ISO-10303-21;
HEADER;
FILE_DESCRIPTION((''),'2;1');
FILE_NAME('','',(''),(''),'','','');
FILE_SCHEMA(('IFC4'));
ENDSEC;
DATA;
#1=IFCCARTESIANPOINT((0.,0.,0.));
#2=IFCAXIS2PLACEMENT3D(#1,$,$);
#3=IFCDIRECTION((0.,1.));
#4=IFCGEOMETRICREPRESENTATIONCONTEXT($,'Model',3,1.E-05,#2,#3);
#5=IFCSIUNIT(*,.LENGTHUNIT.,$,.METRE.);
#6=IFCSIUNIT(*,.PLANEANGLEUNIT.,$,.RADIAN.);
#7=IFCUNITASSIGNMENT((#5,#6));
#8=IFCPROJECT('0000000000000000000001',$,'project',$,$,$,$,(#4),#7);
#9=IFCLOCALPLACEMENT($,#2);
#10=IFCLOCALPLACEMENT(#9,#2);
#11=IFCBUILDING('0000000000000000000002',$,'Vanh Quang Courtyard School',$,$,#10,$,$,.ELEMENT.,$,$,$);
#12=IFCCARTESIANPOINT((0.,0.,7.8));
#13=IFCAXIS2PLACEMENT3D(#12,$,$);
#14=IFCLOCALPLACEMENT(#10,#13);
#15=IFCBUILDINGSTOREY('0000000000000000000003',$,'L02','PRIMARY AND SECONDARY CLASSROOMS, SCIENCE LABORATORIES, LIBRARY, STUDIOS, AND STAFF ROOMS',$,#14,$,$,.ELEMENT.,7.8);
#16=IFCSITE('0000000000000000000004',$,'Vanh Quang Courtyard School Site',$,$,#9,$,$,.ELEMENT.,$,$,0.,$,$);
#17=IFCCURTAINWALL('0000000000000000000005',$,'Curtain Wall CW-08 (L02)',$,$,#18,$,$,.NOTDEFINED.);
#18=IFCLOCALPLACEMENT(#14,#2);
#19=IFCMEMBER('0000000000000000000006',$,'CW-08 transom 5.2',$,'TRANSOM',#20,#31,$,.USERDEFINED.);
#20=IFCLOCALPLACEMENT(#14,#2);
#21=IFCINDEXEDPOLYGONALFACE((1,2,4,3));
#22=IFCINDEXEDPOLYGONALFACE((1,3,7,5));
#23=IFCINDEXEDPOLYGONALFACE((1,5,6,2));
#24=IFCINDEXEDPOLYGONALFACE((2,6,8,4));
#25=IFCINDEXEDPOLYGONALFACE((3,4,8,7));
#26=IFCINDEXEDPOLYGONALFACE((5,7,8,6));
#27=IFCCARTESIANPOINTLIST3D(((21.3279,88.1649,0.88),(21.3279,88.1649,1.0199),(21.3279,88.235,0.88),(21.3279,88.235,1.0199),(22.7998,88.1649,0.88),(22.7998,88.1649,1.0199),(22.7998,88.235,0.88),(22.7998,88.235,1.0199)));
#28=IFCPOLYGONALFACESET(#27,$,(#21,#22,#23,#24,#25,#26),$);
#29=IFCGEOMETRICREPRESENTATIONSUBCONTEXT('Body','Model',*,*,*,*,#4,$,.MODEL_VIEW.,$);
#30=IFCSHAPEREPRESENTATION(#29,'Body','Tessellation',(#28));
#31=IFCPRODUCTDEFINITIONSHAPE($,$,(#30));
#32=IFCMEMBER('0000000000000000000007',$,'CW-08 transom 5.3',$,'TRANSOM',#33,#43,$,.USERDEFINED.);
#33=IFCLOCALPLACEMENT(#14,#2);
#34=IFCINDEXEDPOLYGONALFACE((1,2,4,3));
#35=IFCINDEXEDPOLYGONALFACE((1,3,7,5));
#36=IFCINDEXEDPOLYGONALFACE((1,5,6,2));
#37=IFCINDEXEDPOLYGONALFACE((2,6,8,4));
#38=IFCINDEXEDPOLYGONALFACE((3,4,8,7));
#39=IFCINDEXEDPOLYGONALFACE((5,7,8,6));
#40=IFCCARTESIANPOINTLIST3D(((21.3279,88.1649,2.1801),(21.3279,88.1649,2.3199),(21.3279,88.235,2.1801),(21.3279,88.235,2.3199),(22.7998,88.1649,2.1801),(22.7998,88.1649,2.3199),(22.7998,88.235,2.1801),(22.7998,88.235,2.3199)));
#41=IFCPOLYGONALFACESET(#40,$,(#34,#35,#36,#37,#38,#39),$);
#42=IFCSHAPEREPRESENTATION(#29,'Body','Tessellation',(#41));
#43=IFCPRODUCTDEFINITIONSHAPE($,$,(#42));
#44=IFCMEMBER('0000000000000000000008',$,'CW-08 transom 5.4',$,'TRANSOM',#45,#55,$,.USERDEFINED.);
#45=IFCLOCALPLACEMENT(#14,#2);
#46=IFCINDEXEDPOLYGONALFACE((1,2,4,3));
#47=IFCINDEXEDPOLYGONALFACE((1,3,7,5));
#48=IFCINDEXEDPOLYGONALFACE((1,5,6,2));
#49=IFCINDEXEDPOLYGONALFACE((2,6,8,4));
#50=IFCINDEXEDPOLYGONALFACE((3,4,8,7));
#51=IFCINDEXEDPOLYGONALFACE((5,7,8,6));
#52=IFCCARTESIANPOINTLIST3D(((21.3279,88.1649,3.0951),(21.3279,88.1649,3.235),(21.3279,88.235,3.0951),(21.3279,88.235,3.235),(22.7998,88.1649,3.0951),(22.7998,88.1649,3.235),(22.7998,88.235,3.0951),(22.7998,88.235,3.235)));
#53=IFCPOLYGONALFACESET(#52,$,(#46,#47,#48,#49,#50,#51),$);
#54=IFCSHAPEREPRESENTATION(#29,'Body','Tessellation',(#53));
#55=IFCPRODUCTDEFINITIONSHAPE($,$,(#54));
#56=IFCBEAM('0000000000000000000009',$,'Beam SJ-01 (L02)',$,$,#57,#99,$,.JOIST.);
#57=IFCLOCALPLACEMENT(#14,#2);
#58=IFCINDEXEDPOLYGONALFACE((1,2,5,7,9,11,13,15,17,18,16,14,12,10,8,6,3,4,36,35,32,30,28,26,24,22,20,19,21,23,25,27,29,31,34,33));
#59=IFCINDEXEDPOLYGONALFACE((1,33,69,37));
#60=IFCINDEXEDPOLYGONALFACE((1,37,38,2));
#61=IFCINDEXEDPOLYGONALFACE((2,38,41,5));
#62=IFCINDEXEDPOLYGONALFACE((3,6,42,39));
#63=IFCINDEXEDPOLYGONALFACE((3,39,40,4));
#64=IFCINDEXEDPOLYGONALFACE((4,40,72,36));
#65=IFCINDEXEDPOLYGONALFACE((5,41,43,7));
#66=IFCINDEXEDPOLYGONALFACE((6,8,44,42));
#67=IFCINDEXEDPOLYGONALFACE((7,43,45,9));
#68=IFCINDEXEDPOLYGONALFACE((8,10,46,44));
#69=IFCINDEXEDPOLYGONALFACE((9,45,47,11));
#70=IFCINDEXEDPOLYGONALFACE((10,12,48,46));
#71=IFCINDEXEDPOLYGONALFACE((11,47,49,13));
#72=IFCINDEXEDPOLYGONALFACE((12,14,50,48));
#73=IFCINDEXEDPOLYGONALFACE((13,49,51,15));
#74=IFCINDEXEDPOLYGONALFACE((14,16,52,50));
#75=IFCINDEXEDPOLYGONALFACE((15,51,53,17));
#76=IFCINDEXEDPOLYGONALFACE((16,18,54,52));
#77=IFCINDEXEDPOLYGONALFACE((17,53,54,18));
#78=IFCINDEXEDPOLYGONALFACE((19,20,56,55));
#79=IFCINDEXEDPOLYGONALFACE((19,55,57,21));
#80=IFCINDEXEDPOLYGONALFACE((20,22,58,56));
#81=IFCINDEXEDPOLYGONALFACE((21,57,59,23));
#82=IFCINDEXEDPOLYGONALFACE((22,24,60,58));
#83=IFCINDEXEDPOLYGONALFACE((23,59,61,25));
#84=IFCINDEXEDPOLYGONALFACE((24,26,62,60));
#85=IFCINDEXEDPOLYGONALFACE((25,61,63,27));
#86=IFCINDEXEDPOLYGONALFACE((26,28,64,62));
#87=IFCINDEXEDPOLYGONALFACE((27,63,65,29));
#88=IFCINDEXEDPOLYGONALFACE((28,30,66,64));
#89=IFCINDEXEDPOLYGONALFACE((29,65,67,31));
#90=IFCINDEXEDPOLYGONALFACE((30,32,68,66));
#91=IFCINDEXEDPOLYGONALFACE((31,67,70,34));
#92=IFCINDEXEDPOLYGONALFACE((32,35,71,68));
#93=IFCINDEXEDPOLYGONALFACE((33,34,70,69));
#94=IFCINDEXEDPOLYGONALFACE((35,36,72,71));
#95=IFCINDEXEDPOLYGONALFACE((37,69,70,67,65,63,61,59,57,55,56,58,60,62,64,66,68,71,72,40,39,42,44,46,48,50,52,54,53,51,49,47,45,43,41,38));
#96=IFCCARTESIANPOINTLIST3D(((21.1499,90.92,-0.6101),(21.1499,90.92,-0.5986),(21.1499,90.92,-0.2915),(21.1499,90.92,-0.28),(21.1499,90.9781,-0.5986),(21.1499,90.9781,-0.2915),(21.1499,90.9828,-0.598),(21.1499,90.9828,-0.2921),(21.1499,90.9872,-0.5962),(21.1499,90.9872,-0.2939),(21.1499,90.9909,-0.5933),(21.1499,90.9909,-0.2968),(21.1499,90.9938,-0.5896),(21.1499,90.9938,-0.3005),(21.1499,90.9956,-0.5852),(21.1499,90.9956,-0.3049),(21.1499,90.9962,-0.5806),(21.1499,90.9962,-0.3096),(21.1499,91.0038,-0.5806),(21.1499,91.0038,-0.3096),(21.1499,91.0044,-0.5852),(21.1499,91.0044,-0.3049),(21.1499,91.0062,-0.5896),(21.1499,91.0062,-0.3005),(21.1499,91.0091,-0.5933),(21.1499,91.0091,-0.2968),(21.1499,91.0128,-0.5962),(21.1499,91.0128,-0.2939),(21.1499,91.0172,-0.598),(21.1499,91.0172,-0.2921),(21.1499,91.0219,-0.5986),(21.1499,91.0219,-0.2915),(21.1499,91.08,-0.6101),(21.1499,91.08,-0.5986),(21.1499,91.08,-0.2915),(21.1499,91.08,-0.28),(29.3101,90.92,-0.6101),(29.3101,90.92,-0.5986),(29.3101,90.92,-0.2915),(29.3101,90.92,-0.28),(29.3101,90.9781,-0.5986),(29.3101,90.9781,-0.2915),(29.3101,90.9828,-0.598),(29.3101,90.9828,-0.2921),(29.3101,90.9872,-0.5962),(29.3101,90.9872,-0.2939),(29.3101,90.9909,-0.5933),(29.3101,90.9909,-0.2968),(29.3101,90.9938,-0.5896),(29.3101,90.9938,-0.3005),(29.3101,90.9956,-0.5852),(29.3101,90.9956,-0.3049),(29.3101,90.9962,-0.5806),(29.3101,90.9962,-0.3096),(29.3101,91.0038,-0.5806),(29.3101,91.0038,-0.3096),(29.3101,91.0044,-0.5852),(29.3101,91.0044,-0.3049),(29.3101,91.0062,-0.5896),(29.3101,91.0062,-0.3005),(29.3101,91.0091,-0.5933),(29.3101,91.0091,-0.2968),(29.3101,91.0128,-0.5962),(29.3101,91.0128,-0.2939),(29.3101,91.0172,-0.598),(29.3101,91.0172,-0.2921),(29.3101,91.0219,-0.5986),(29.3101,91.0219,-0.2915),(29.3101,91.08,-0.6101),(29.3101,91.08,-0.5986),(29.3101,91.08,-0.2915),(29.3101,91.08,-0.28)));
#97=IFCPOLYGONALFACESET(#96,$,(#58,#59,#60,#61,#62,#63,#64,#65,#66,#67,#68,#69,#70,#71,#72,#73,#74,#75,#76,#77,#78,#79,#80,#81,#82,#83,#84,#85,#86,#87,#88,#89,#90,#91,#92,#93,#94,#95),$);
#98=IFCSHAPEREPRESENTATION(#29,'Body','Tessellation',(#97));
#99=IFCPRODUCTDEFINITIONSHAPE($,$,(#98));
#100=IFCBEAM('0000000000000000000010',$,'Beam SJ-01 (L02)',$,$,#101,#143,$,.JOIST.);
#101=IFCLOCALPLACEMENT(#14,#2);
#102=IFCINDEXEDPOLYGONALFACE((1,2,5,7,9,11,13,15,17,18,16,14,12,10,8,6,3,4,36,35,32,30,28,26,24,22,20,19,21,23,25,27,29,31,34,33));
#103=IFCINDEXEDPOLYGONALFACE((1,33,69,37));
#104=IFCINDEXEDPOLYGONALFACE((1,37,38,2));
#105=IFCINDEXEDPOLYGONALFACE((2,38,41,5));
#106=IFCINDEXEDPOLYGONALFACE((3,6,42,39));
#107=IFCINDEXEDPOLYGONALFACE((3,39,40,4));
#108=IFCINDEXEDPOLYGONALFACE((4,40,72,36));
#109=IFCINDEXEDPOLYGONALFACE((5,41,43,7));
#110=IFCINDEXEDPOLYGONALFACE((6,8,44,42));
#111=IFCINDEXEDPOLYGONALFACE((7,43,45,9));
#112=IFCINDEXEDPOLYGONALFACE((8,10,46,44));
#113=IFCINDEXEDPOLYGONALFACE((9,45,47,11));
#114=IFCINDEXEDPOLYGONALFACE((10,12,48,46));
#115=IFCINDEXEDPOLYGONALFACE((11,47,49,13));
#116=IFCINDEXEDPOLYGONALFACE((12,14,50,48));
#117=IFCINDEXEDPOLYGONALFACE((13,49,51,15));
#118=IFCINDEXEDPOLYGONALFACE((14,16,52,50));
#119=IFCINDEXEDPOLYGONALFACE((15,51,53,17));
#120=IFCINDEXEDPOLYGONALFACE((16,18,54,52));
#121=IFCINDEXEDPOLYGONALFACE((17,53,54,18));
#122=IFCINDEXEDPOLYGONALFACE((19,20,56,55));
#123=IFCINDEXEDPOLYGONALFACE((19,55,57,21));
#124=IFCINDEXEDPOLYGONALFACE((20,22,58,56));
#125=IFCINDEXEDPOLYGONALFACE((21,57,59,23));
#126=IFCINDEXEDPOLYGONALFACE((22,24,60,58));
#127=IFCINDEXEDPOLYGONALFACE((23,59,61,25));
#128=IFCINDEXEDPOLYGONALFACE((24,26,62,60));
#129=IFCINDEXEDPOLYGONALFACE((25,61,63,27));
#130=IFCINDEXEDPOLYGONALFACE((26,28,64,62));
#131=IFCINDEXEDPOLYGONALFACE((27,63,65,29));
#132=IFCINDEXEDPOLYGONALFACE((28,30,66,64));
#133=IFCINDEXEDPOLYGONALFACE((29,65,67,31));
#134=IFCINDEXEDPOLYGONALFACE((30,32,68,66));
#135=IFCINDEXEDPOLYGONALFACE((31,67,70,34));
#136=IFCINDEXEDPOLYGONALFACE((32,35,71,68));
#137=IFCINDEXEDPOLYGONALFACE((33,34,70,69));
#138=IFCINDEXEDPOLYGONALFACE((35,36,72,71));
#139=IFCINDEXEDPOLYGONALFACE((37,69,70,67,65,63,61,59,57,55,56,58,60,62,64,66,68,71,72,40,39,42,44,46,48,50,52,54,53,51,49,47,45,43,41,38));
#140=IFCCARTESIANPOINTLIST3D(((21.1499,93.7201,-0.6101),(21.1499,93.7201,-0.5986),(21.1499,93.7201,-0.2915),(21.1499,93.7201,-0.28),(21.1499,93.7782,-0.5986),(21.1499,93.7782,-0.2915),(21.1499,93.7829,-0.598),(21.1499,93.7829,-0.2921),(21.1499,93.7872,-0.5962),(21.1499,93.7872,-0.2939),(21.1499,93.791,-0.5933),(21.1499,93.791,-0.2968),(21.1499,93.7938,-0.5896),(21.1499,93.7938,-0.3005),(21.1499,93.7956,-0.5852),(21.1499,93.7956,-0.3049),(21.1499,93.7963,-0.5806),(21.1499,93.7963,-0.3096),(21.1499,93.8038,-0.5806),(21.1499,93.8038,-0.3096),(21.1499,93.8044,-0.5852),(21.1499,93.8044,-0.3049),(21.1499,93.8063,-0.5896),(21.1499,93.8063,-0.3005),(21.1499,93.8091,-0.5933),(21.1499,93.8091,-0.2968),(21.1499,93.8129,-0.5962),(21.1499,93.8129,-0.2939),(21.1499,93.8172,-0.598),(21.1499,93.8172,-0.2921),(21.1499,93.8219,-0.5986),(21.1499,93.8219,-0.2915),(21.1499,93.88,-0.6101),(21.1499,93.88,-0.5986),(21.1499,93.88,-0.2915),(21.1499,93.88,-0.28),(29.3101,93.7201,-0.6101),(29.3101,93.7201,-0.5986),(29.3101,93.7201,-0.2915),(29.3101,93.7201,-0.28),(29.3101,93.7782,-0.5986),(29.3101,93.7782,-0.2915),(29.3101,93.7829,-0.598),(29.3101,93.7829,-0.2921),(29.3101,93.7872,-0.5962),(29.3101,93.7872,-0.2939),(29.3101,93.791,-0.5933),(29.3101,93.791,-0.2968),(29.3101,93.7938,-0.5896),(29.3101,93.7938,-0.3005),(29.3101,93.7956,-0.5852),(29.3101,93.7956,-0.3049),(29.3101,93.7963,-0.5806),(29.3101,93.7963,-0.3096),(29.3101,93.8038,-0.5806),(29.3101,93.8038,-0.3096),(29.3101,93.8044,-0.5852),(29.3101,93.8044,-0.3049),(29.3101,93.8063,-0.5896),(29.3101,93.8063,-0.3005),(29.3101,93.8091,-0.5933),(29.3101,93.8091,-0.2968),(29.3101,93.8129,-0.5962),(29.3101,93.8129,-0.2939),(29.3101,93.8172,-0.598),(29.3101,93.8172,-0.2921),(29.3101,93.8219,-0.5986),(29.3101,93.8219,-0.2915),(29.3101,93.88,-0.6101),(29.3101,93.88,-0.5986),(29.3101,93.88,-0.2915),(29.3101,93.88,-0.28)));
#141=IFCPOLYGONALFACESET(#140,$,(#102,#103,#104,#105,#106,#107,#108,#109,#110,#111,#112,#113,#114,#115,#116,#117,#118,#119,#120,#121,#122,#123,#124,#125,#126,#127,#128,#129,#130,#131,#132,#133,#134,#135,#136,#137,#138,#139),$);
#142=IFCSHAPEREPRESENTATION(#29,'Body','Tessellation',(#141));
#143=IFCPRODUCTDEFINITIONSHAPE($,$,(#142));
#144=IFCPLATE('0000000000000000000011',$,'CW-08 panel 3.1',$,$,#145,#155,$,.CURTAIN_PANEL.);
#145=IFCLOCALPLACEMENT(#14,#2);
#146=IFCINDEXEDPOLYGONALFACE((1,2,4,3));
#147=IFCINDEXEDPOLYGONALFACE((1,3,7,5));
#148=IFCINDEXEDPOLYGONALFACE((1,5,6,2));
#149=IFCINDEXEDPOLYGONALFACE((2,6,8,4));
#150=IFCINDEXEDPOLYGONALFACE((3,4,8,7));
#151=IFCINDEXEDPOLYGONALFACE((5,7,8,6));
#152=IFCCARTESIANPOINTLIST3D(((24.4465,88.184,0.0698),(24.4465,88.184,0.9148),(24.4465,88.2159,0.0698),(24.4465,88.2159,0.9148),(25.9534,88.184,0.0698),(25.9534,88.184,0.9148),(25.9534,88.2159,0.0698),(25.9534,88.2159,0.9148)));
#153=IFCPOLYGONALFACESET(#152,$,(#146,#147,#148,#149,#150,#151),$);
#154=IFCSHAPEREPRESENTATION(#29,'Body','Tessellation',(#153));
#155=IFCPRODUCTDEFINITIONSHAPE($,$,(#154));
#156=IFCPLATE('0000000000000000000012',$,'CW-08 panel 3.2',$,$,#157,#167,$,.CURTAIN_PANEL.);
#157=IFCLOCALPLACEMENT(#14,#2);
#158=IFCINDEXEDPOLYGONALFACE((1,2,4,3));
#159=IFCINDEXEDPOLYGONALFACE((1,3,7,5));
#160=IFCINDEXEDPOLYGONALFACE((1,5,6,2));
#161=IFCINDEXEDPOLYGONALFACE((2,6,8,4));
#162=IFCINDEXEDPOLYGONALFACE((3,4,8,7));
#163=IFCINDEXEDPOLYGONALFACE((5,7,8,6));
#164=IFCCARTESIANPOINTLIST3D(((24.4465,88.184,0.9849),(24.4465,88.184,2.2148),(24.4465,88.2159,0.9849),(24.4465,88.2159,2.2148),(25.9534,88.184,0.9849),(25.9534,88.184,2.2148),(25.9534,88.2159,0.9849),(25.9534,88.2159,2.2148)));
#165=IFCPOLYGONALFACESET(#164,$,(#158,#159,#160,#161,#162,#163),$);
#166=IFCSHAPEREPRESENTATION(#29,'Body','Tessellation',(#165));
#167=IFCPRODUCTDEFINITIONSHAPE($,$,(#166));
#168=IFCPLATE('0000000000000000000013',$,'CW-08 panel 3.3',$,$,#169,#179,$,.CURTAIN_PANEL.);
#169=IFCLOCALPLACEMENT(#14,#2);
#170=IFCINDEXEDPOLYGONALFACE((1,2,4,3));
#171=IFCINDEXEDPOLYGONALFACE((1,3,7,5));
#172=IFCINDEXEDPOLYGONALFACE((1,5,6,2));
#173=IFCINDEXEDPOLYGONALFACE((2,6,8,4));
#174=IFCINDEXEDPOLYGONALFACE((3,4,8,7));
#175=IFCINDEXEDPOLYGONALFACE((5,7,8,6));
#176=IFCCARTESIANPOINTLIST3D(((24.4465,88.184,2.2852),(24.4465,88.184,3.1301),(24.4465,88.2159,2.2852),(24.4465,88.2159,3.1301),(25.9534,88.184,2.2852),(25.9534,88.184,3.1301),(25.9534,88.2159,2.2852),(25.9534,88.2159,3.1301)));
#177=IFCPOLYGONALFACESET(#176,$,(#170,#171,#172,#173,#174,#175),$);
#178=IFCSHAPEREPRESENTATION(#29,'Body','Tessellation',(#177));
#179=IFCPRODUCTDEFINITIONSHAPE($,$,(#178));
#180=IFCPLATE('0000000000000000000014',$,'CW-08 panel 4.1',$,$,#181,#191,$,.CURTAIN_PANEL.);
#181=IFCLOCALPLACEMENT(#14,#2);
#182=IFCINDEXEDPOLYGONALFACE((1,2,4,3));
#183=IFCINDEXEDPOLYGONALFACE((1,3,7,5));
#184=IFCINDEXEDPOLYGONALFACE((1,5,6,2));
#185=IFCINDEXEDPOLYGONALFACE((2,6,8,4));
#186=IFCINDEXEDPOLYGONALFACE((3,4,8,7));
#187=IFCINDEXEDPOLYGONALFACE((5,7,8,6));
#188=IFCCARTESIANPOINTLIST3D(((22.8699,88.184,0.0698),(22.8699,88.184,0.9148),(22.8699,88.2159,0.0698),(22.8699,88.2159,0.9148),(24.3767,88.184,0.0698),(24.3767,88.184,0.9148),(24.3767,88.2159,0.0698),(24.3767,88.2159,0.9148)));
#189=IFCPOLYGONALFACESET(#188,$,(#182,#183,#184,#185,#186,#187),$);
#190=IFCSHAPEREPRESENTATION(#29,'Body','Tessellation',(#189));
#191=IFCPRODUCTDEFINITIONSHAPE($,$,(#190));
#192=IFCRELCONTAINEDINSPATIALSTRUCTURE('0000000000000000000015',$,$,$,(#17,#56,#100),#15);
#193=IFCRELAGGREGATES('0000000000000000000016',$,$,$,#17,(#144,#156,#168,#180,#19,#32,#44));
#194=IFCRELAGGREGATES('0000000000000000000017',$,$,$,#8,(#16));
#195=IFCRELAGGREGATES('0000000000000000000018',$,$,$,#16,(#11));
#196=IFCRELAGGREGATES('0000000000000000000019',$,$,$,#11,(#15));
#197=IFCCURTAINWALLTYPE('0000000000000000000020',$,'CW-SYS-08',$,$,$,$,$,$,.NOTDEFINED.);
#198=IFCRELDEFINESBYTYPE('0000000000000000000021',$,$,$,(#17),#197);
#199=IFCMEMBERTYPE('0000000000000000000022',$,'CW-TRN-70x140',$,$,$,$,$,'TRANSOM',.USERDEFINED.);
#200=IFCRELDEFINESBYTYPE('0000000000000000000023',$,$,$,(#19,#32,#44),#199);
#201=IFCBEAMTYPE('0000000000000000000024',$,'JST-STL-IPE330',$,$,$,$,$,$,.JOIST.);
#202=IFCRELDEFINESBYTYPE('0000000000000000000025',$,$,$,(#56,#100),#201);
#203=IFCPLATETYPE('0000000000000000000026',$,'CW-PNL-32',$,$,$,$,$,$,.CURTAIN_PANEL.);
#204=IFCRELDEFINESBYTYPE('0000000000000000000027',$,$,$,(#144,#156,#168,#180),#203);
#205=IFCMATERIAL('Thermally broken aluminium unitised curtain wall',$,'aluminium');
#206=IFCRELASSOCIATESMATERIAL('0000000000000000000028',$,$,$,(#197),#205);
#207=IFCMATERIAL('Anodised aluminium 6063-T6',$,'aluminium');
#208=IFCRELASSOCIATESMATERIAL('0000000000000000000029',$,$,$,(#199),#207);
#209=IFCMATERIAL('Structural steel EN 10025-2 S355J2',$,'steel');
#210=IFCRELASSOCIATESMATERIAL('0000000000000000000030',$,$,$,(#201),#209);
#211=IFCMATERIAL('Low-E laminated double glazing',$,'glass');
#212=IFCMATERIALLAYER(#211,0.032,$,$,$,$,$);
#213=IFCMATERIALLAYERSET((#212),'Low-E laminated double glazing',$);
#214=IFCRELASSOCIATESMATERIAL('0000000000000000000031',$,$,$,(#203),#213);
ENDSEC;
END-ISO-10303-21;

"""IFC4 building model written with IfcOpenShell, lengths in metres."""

from ifc_helpers import new_model, si_unit, direction, frame, origin, origin_2d, place, context, subcontext, project, spatial, rectangle, i_section, extrude, material, layer, layer_set, material_profile, profile_set, type_object, element, aggregate, save


model = new_model("IFC4")

# Units and contexts
model_context = context("Model", 3, precision=1e-05, world=origin(), true_north=direction((0.0, 1.0)))
body_context = subcontext(model_context, "Body", "Model", "MODEL_VIEW")
ifc_project = project(units=[si_unit("LENGTHUNIT", "METRE"), si_unit("PLANEANGLEUNIT", "RADIAN")], contexts=[model_context])

# Site, building, storey
site_placement = place(None, origin())
site = spatial("IfcSite", under=ifc_project, at=site_placement, Name="Vanh Quang Courtyard School Site", CompositionType="ELEMENT", RefElevation=0.0)
building_placement = place(site_placement, origin())
building = spatial("IfcBuilding", under=site, at=building_placement, Name="Vanh Quang Courtyard School", CompositionType="ELEMENT")
storey_placement = place(building_placement, frame((0.0, 0.0, 7.8)))
storey = spatial("IfcBuildingStorey", under=building, at=storey_placement, Name="L02", Description="PRIMARY AND SECONDARY CLASSROOMS, SCIENCE LABORATORIES, LIBRARY, STUDIOS, AND STAFF ROOMS", CompositionType="ELEMENT", Elevation=7.8)

# Shared definitions
ifc_material_1 = material(Name="Structural steel EN 10025-2 S355J2", Category="steel")

# Curtain wall, members
ifc_material_2 = material(Name="Thermally broken aluminium unitised curtain wall", Category="aluminium")
curtain_wall_type = type_object("IfcCurtainWallType", Name="CW-SYS-08", PredefinedType="NOTDEFINED", material=ifc_material_2)
curtain_wall_placement = place(storey_placement, origin())
curtain_wall = element("IfcCurtainWall", 1, at=curtain_wall_placement, inside=storey, type_object=curtain_wall_type, Name="Curtain Wall CW-08 (L02)", PredefinedType="NOTDEFINED")
ifc_material_3 = material(Name="Anodised aluminium 6063-T6", Category="aluminium")
ifc_material_profile_1 = material_profile(ifc_material_3, rectangle(XDim=0.0701, YDim=0.1399, at=origin_2d()), Name="ALU-TRN 70x140")
ifc_profile_set_1 = profile_set([ifc_material_profile_1], Name="Anodised aluminium 6063-T6")
member_type_1 = type_object("IfcMemberType", Name="CW-TRN-70x140", ElementType="TRANSOM", PredefinedType="USERDEFINED", material=ifc_profile_set_1)
member_1_placement = place(storey_placement, frame((22.7998, 88.2, 0.95), z_axis=(-1.0, 0.0, 0.0), x_axis=(0.0, -1.0, 0.0)))
member_1 = element("IfcMember", 2, at=member_1_placement, type_object=member_type_1, Name="CW-08 transom 5.2", ObjectType="TRANSOM", PredefinedType="USERDEFINED", context=body_context, shape_type="SweptSolid", body=[
    extrude(rectangle(XDim=0.0701, YDim=0.1399, at=origin_2d()), origin(), (0.0, 0.0, 1.0), 1.4719),
])
member_2_placement = place(storey_placement, frame((22.7998, 88.2, 2.25), z_axis=(-1.0, 0.0, 0.0), x_axis=(0.0, -1.0, 0.0)))
member_2 = element("IfcMember", 3, at=member_2_placement, type_object=member_type_1, Name="CW-08 transom 5.3", ObjectType="TRANSOM", PredefinedType="USERDEFINED", context=body_context, shape_type="SweptSolid", body=[
    extrude(rectangle(XDim=0.0701, YDim=0.1399, at=origin_2d()), origin(), (0.0, 0.0, 1.0), 1.4719),
])
member_3_placement = place(storey_placement, frame((22.7998, 88.2, 3.165), z_axis=(-1.0, 0.0, 0.0), x_axis=(0.0, -1.0, 0.0)))
member_3 = element("IfcMember", 4, at=member_3_placement, type_object=member_type_1, Name="CW-08 transom 5.4", ObjectType="TRANSOM", PredefinedType="USERDEFINED", context=body_context, shape_type="SweptSolid", body=[
    extrude(rectangle(XDim=0.0701, YDim=0.1399, at=origin_2d()), origin(), (0.0, 0.0, 1.0), 1.4719),
])

# Beams
ifc_material_profile_2 = material_profile(ifc_material_1, i_section(OverallWidth=0.1599, OverallDepth=0.3301, WebThickness=0.0076, FlangeThickness=0.0115, FilletRadius=0.0181, at=origin_2d()), Name="IPE 330")
ifc_profile_set_2 = profile_set([ifc_material_profile_2], Name="Structural steel EN 10025-2 S355J2")
beam_type_1 = type_object("IfcBeamType", Name="JST-STL-IPE330", PredefinedType="JOIST", material=ifc_profile_set_2)
for number, where, z_axis, x_axis, name in (
    (5, (21.1499, 91.0, -0.4451), (1.0, 0.0, 0.0), (0.0, 1.0, 0.0), "Beam SJ-01 (L02)"),
    (6, (21.1499, 93.8, -0.4451), (1.0, 0.0, 0.0), (0.0, 1.0, 0.0), "Beam SJ-01 (L02)"),
):
    element("IfcBeam", number, at=place(storey_placement, frame(where, z_axis=z_axis, x_axis=x_axis)), inside=storey, type_object=beam_type_1, Name=name, PredefinedType="JOIST", context=body_context, shape_type="SweptSolid", body=[
        extrude(i_section(OverallWidth=0.1599, OverallDepth=0.3301, WebThickness=0.0076, FlangeThickness=0.0115, FilletRadius=0.0181, at=origin_2d()), origin(), (0.0, 0.0, 1.0), 8.1602),
    ])

# Plates
ifc_material_4 = material(Name="Low-E laminated double glazing", Category="glass")
ifc_layer = layer(ifc_material_4, 0.032)
ifc_layer_set = layer_set([ifc_layer], Name="Low-E laminated double glazing")
plate_type = type_object("IfcPlateType", Name="CW-PNL-32", PredefinedType="CURTAIN_PANEL", material=ifc_layer_set)
plate_1_placement = place(storey_placement, frame((25.2, 88.2, 0.0698), z_axis=(0.0, 0.0, 1.0), x_axis=(-1.0, 0.0, 0.0)))
plate_1 = element("IfcPlate", 7, at=plate_1_placement, type_object=plate_type, Name="CW-08 panel 3.1", PredefinedType="CURTAIN_PANEL", context=body_context, shape_type="SweptSolid", body=[
    extrude(rectangle(XDim=1.5068, YDim=0.032, at=origin_2d()), origin(), (0.0, 0.0, 1.0), 0.845),
])
plate_2_placement = place(storey_placement, frame((25.2, 88.2, 0.9849), z_axis=(0.0, 0.0, 1.0), x_axis=(-1.0, 0.0, 0.0)))
plate_2 = element("IfcPlate", 8, at=plate_2_placement, type_object=plate_type, Name="CW-08 panel 3.2", PredefinedType="CURTAIN_PANEL", context=body_context, shape_type="SweptSolid", body=[
    extrude(rectangle(XDim=1.5068, YDim=0.032, at=origin_2d()), origin(), (0.0, 0.0, 1.0), 1.23),
])
plate_3_placement = place(storey_placement, frame((25.2, 88.2, 2.2852), z_axis=(0.0, 0.0, 1.0), x_axis=(-1.0, 0.0, 0.0)))
plate_3 = element("IfcPlate", 9, at=plate_3_placement, type_object=plate_type, Name="CW-08 panel 3.3", PredefinedType="CURTAIN_PANEL", context=body_context, shape_type="SweptSolid", body=[
    extrude(rectangle(XDim=1.5068, YDim=0.032, at=origin_2d()), origin(), (0.0, 0.0, 1.0), 0.845),
])
plate_4_placement = place(storey_placement, frame((23.6233, 88.2, 0.0698), z_axis=(0.0, 0.0, 1.0), x_axis=(-1.0, 0.0, 0.0)))
plate_4 = element("IfcPlate", 10, at=plate_4_placement, type_object=plate_type, Name="CW-08 panel 4.1", PredefinedType="CURTAIN_PANEL", context=body_context, shape_type="SweptSolid", body=[
    extrude(rectangle(XDim=1.5068, YDim=0.032, at=origin_2d()), origin(), (0.0, 0.0, 1.0), 0.845),
])
aggregate(curtain_wall, [plate_1, plate_2, plate_3, plate_4, member_1, member_2, member_3])

save(model, "model.ifc")
